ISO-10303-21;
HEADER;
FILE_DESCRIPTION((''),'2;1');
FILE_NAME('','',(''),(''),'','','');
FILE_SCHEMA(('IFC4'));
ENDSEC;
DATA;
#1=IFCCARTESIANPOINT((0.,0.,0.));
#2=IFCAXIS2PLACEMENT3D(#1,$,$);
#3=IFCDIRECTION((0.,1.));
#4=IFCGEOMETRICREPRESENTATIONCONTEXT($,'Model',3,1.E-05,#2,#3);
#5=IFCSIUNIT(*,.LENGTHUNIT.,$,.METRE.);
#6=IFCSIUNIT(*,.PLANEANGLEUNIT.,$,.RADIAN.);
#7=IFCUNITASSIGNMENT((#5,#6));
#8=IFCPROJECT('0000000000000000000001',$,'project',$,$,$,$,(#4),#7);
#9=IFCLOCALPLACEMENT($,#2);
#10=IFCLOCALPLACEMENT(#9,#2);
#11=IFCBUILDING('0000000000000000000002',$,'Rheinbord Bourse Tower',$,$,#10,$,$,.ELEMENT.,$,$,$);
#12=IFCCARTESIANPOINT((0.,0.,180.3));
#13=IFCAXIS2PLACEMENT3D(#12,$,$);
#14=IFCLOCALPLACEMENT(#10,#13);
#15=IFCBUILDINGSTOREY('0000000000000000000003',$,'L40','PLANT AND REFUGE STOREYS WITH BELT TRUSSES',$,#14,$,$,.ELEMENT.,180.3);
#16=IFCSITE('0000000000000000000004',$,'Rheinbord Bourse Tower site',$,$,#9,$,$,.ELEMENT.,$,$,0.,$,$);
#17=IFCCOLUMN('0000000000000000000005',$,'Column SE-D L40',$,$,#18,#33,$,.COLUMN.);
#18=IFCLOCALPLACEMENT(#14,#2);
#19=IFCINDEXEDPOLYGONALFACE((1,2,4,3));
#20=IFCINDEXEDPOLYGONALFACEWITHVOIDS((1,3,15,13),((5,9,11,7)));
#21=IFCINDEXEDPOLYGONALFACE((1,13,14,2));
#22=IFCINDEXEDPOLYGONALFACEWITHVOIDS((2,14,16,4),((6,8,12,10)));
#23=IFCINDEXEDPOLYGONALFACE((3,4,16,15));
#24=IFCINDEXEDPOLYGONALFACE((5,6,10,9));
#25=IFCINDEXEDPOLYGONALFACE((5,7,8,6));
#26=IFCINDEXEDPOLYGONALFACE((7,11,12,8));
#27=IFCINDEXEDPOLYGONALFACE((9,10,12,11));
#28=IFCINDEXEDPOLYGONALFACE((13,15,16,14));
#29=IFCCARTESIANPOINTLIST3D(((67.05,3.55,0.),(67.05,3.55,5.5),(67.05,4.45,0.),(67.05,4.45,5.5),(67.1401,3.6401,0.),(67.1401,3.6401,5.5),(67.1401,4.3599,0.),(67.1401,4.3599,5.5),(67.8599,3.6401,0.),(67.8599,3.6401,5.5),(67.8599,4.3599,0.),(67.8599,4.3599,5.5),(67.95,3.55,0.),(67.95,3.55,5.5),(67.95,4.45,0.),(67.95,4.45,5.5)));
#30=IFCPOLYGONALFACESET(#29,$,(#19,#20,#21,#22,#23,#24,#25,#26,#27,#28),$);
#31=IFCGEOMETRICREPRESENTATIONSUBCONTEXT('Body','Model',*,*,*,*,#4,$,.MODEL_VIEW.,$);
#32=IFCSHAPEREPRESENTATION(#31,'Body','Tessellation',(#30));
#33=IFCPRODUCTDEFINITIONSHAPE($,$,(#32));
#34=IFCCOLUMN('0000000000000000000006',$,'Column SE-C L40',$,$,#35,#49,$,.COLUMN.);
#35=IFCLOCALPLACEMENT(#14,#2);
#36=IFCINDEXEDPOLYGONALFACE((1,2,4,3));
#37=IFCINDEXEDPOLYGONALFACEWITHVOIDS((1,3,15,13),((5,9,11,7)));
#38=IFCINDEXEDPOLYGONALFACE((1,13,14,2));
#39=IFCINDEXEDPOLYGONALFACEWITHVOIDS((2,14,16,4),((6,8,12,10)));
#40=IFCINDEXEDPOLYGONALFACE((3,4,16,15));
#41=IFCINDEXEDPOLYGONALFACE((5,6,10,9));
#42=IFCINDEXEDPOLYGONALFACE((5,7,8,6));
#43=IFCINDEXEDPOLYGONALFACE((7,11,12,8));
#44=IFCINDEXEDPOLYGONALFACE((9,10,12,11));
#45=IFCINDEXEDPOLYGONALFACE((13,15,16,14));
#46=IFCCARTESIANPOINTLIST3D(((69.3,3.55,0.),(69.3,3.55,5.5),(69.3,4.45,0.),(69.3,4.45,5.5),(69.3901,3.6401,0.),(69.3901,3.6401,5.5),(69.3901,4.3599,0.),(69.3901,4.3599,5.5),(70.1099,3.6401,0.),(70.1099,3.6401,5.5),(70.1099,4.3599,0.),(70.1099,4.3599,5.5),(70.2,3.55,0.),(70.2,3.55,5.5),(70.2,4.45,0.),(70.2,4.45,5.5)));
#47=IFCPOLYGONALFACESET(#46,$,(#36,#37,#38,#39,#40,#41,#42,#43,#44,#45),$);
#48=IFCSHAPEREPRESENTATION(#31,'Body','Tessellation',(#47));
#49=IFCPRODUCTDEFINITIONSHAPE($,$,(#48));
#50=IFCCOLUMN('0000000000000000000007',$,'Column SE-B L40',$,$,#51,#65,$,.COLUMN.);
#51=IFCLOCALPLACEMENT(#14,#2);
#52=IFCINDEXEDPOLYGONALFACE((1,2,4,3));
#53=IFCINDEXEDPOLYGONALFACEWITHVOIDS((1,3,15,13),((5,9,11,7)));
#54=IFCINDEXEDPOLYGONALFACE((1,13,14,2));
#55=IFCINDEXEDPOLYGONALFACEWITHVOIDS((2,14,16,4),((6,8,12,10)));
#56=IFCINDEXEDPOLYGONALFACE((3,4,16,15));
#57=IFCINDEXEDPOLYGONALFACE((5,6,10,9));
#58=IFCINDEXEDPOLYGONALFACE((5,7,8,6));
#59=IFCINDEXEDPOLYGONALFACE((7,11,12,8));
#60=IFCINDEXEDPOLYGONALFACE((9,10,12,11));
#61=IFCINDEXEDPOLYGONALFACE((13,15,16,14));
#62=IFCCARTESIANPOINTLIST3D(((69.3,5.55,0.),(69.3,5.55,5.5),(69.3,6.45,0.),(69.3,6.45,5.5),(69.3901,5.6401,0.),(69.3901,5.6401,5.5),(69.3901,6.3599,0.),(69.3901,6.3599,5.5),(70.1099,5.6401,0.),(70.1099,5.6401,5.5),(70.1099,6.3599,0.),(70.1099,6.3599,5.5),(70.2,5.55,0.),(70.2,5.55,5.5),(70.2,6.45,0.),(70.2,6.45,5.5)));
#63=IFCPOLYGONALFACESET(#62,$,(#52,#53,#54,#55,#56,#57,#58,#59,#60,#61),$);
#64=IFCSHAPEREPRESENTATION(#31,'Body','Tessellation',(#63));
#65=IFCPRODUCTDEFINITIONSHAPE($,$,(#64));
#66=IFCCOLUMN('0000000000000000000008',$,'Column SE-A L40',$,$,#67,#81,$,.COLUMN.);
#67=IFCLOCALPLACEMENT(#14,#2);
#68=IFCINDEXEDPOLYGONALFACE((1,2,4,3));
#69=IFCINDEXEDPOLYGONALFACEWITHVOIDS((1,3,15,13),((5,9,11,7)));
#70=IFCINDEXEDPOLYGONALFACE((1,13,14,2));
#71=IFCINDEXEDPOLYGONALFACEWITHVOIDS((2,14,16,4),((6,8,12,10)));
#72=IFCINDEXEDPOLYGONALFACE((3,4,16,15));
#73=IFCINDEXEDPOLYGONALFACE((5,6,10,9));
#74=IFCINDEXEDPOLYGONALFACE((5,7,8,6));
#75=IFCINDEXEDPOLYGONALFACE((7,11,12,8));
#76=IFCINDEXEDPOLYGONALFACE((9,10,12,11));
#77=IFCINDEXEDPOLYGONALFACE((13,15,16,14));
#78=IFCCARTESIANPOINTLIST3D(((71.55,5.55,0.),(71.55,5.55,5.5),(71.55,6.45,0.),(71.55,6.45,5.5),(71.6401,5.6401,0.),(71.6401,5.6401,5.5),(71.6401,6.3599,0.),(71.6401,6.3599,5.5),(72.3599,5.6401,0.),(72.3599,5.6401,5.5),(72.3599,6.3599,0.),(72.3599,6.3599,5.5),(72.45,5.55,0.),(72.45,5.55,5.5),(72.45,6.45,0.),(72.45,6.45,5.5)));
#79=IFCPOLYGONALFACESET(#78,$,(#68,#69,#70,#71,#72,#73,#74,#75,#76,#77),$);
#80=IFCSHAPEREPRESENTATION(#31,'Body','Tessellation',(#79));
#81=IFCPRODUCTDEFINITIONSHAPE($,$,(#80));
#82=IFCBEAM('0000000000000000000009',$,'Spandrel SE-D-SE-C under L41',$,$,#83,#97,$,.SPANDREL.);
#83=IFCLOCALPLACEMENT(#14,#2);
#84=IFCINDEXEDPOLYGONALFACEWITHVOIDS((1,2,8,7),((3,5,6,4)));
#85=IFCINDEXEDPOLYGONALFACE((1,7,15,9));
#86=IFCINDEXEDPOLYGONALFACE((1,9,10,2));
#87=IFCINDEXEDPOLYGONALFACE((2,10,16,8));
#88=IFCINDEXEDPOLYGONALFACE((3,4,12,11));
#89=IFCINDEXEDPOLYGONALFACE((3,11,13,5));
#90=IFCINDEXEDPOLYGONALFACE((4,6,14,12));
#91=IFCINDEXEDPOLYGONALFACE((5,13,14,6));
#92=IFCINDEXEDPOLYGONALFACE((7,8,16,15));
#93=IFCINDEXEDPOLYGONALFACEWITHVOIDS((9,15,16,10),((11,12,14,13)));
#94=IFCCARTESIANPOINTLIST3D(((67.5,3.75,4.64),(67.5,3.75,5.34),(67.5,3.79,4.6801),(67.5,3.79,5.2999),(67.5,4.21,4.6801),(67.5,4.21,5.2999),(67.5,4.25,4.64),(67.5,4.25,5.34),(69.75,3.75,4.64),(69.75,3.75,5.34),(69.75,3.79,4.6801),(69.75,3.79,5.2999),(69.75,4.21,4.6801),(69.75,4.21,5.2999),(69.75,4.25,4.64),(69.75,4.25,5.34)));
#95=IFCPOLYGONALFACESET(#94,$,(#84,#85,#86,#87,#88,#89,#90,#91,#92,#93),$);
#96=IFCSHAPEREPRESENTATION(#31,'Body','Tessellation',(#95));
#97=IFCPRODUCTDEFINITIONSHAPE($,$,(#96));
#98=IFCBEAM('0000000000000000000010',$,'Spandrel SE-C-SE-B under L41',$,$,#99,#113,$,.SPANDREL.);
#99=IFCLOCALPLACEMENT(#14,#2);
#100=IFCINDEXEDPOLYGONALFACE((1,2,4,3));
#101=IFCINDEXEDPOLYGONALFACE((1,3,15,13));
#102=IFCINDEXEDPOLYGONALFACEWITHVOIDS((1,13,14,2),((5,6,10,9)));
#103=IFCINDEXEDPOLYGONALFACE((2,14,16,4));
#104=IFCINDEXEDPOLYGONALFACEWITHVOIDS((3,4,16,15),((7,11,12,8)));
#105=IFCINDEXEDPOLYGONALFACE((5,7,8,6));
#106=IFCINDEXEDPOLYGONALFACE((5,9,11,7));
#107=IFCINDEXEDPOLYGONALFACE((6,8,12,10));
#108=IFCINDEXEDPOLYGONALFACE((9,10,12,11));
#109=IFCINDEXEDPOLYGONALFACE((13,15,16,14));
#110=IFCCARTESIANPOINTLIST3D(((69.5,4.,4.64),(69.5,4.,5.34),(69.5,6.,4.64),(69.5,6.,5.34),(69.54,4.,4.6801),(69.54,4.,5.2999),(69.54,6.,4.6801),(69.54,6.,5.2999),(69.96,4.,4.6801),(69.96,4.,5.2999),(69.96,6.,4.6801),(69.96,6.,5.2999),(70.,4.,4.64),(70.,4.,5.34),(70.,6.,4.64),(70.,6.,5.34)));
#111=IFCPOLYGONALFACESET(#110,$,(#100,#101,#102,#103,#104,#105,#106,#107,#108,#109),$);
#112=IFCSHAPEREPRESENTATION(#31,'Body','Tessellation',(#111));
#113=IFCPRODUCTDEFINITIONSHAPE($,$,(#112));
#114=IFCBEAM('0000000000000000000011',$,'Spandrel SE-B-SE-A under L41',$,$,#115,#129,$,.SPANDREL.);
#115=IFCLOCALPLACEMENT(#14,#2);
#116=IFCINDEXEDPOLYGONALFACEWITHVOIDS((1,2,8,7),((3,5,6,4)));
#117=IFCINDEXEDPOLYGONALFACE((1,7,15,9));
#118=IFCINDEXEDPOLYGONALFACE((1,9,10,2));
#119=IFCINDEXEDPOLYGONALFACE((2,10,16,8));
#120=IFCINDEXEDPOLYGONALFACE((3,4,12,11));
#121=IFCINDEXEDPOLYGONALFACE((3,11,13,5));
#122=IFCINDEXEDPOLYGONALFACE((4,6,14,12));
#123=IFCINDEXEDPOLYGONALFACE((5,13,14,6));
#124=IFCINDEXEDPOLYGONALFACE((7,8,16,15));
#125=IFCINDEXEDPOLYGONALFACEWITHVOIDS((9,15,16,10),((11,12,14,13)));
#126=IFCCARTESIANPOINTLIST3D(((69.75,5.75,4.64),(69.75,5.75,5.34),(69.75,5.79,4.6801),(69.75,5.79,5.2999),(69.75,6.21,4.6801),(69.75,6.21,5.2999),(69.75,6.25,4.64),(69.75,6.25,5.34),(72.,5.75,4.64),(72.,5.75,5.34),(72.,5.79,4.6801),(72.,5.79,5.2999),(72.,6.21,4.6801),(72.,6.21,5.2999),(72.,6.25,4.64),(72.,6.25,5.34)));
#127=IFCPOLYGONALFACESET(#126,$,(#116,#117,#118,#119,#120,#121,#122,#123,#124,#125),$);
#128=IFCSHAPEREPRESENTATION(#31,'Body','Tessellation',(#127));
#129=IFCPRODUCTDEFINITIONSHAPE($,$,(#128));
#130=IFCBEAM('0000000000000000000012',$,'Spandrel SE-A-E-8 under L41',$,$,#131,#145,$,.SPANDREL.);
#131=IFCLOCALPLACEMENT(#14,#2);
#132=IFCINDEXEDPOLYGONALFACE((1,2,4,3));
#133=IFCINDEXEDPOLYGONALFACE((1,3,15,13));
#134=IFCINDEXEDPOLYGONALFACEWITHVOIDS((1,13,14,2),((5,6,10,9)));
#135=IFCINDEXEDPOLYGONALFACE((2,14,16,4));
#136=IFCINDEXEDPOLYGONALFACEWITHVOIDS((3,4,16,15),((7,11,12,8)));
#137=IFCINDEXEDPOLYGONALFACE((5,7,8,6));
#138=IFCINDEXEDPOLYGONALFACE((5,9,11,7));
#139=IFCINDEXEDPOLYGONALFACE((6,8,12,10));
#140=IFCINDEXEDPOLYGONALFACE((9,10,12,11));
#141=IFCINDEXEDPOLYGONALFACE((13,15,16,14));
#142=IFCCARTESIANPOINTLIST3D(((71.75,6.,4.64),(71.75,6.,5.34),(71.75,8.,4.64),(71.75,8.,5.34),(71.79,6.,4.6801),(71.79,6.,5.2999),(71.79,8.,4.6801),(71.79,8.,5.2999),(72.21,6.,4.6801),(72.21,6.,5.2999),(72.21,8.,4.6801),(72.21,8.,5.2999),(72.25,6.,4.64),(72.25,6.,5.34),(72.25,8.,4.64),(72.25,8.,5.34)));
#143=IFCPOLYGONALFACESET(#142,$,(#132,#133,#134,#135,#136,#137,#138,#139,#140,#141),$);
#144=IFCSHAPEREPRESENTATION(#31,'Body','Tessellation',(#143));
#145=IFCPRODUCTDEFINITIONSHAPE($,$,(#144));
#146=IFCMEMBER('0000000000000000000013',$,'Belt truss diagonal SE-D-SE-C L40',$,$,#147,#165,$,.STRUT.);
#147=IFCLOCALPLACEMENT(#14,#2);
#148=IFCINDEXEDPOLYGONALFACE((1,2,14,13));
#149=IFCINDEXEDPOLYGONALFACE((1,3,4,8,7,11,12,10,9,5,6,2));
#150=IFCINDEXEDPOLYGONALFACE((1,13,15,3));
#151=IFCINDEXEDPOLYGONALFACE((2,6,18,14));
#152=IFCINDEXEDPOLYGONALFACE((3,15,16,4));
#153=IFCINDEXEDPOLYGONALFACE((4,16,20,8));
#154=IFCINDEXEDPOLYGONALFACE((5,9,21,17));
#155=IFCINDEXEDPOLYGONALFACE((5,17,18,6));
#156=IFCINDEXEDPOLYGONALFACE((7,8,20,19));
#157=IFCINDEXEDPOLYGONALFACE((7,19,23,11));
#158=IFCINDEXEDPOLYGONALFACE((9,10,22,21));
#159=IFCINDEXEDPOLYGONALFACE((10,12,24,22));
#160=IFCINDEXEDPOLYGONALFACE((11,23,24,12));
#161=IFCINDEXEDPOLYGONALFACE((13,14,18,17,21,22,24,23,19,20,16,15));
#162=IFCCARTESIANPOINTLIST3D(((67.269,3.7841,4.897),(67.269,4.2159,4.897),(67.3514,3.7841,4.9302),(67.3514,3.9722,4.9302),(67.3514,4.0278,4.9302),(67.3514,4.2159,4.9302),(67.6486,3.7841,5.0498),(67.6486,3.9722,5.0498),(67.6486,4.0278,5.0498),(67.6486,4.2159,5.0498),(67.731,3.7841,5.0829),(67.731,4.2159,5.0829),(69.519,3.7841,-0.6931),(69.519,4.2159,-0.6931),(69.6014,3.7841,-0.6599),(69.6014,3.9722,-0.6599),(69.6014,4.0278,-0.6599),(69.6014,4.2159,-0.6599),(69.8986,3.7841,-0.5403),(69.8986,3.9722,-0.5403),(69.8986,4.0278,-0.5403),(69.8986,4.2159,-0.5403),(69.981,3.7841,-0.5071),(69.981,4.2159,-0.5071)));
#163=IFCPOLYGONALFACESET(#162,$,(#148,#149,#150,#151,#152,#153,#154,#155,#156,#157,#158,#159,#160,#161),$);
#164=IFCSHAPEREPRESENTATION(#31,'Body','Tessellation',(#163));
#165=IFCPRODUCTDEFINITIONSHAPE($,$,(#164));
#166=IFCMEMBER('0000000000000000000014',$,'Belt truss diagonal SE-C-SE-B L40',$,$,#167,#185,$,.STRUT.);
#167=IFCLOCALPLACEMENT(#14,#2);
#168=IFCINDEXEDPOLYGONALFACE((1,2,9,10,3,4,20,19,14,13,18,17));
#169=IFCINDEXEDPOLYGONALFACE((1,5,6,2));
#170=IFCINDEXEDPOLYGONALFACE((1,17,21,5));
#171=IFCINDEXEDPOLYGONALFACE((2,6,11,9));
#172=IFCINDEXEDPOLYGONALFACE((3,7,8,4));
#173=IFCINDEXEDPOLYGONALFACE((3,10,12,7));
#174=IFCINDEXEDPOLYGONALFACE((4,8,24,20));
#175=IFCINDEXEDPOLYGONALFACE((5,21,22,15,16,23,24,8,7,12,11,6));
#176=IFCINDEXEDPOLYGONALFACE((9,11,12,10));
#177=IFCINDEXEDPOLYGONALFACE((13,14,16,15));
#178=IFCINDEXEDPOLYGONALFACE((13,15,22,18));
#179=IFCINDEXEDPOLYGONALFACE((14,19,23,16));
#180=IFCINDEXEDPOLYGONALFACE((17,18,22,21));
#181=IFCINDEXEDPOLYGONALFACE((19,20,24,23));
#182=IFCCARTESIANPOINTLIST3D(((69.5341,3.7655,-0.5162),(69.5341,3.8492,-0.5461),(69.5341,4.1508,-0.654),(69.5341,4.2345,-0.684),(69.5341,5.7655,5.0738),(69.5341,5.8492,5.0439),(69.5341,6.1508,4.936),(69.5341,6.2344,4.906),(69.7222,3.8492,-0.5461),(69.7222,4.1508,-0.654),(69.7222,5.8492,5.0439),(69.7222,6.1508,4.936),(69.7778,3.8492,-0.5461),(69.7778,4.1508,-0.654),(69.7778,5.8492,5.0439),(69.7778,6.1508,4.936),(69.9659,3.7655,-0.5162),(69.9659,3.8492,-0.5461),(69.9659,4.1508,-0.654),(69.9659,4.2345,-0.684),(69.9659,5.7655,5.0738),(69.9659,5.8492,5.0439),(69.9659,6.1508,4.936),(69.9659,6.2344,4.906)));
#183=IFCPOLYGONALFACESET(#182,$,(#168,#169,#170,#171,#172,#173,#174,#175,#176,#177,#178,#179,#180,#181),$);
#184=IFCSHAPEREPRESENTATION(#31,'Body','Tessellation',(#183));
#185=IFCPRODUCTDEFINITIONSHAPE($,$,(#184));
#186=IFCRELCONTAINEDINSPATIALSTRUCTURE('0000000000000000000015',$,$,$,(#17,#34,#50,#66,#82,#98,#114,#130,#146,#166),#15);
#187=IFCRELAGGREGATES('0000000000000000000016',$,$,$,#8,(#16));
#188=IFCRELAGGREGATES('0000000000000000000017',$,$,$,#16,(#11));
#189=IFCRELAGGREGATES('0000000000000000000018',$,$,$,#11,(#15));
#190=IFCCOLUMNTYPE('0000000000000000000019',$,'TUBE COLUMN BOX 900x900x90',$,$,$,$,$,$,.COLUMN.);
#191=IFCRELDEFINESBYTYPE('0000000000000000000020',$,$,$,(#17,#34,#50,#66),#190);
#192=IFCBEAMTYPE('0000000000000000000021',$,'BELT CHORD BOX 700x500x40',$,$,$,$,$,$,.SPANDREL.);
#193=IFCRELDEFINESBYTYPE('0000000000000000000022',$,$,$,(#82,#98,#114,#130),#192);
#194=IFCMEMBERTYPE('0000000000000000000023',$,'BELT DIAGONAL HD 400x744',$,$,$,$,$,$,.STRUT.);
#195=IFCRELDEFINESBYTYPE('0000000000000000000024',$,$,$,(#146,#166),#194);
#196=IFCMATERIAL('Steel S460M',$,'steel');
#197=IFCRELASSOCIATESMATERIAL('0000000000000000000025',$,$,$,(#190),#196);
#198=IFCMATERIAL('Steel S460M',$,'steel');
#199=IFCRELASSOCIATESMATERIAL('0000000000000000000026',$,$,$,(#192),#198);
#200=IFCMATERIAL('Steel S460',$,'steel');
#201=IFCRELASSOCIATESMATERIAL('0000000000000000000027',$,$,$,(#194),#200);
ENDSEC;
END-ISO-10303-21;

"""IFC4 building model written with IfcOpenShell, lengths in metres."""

from ifc_helpers import new_model, si_unit, direction, frame, origin, origin_2d, place, context, subcontext, project, spatial, hollow_rectangle, i_section, extrude, material, material_profile, profile_set, type_object, element, save


model = new_model("IFC4")

# Units and contexts
model_context = context("Model", 3, precision=1e-05, world=origin(), true_north=direction((0.0, 1.0)))
body_context = subcontext(model_context, "Body", "Model", "MODEL_VIEW")
ifc_project = project(units=[si_unit("LENGTHUNIT", "METRE"), si_unit("PLANEANGLEUNIT", "RADIAN")], contexts=[model_context])

# Site, building, storey
site_placement = place(None, origin())
site = spatial("IfcSite", under=ifc_project, at=site_placement, Name="Rheinbord Bourse Tower site", CompositionType="ELEMENT", RefElevation=0.0)
building_placement = place(site_placement, origin())
building = spatial("IfcBuilding", under=site, at=building_placement, Name="Rheinbord Bourse Tower", CompositionType="ELEMENT")
storey_placement = place(building_placement, frame((0.0, 0.0, 180.3)))
storey = spatial("IfcBuildingStorey", under=building, at=storey_placement, Name="L40", Description="PLANT AND REFUGE STOREYS WITH BELT TRUSSES", CompositionType="ELEMENT", Elevation=180.3)

# Columns
ifc_material_1 = material(Name="Steel S460M", Category="steel")
ifc_material_profile_1 = material_profile(ifc_material_1, hollow_rectangle(XDim=0.8999, YDim=0.8999, WallThickness=0.0901, at=origin_2d()), Name="BOX 900x900x90")
ifc_profile_set_1 = profile_set([ifc_material_profile_1], Name="Steel S460M")
column_type = type_object("IfcColumnType", Name="TUBE COLUMN BOX 900x900x90", PredefinedType="COLUMN", material=ifc_profile_set_1)
for number, where, z_axis, x_axis, name in (
    (1, (67.5, 4.0, 0.0), (0.0, 0.0, 1.0), (0.0, 1.0, 0.0), "Column SE-D L40"),
    (2, (69.75, 4.0, 0.0), (0.0, 0.0, 1.0), (1.0, 0.0, 0.0), "Column SE-C L40"),
    (3, (69.75, 6.0, 0.0), (0.0, 0.0, 1.0), (1.0, 0.0, 0.0), "Column SE-B L40"),
    (4, (72.0, 6.0, 0.0), (0.0, 0.0, 1.0), (1.0, 0.0, 0.0), "Column SE-A L40"),
):
    element("IfcColumn", number, at=place(storey_placement, frame(where, z_axis=z_axis, x_axis=x_axis)), inside=storey, type_object=column_type, Name=name, PredefinedType="COLUMN", context=body_context, shape_type="SweptSolid", body=[
        extrude(hollow_rectangle(XDim=0.8999, YDim=0.8999, WallThickness=0.0901, at=origin_2d()), origin(), (0.0, 0.0, 1.0), 5.5),
    ])

# Beams
ifc_material_2 = material(Name="Steel S460M", Category="steel")
ifc_material_profile_2 = material_profile(ifc_material_2, hollow_rectangle(XDim=0.5, YDim=0.7, WallThickness=0.04, at=origin_2d()), Name="BOX 700x500x40")
ifc_profile_set_2 = profile_set([ifc_material_profile_2], Name="Steel S460M")
beam_type = type_object("IfcBeamType", Name="BELT CHORD BOX 700x500x40", PredefinedType="SPANDREL", material=ifc_profile_set_2)
beam_1_placement = place(storey_placement, frame((67.5, 4.0, 4.99), z_axis=(1.0, 0.0, 0.0), x_axis=(0.0, 1.0, 0.0)))
element("IfcBeam", 5, at=beam_1_placement, inside=storey, type_object=beam_type, Name="Spandrel SE-D-SE-C under L41", PredefinedType="SPANDREL", context=body_context, shape_type="SweptSolid", body=[
    extrude(hollow_rectangle(XDim=0.5, YDim=0.7, WallThickness=0.04, at=origin_2d()), origin(), (0.0, 0.0, 1.0), 2.25),
])
beam_2_placement = place(storey_placement, frame((69.75, 4.0, 4.99), z_axis=(0.0, 1.0, 0.0), x_axis=(-1.0, 0.0, 0.0)))
element("IfcBeam", 6, at=beam_2_placement, inside=storey, type_object=beam_type, Name="Spandrel SE-C-SE-B under L41", PredefinedType="SPANDREL", context=body_context, shape_type="SweptSolid", body=[
    extrude(hollow_rectangle(XDim=0.5, YDim=0.7, WallThickness=0.04, at=origin_2d()), origin(), (0.0, 0.0, 1.0), 2.0),
])
beam_3_placement = place(storey_placement, frame((69.75, 6.0, 4.99), z_axis=(1.0, 0.0, 0.0), x_axis=(0.0, 1.0, 0.0)))
element("IfcBeam", 7, at=beam_3_placement, inside=storey, type_object=beam_type, Name="Spandrel SE-B-SE-A under L41", PredefinedType="SPANDREL", context=body_context, shape_type="SweptSolid", body=[
    extrude(hollow_rectangle(XDim=0.5, YDim=0.7, WallThickness=0.04, at=origin_2d()), origin(), (0.0, 0.0, 1.0), 2.25),
])
beam_4_placement = place(storey_placement, frame((72.0, 6.0, 4.99), z_axis=(0.0, 1.0, 0.0), x_axis=(-1.0, 0.0, 0.0)))
element("IfcBeam", 8, at=beam_4_placement, inside=storey, type_object=beam_type, Name="Spandrel SE-A-E-8 under L41", PredefinedType="SPANDREL", context=body_context, shape_type="SweptSolid", body=[
    extrude(hollow_rectangle(XDim=0.5, YDim=0.7, WallThickness=0.04, at=origin_2d()), origin(), (0.0, 0.0, 1.0), 2.0),
])

# Members
ifc_material_3 = material(Name="Steel S460", Category="steel")
ifc_material_profile_3 = material_profile(ifc_material_3, i_section(OverallWidth=0.4319, OverallDepth=0.498, WebThickness=0.0557, FlangeThickness=0.0889, at=origin_2d()), Name="HD 400x744")
ifc_profile_set_3 = profile_set([ifc_material_profile_3], Name="Steel S460")
member_type_1 = type_object("IfcMemberType", Name="BELT DIAGONAL HD 400x744", PredefinedType="STRUT", material=ifc_profile_set_3)
member_1_placement = place(storey_placement, frame((69.75, 4.0, -0.6001), z_axis=(-0.373388, 0.0, 0.927675), x_axis=(0.0, -1.0, 0.0)))
element("IfcMember", 9, at=member_1_placement, inside=storey, type_object=member_type_1, Name="Belt truss diagonal SE-D-SE-C L40", PredefinedType="STRUT", context=body_context, shape_type="SweptSolid", body=[
    extrude(i_section(OverallWidth=0.4319, OverallDepth=0.498, WebThickness=0.0557, FlangeThickness=0.0889, at=origin_2d()), origin(), (0.0, 0.0, 1.0), 6.0259),
])
member_2_placement = place(storey_placement, frame((69.75, 4.0, -0.6001), z_axis=(0.0, 0.336865, 0.941553), x_axis=(-1.0, 0.0, 0.0)))
element("IfcMember", 10, at=member_2_placement, inside=storey, type_object=member_type_1, Name="Belt truss diagonal SE-C-SE-B L40", PredefinedType="STRUT", context=body_context, shape_type="SweptSolid", body=[
    extrude(i_section(OverallWidth=0.4319, OverallDepth=0.498, WebThickness=0.0557, FlangeThickness=0.0889, at=origin_2d()), origin(), (0.0, 0.0, 1.0), 5.937),
])

save(model, "model.ifc")
